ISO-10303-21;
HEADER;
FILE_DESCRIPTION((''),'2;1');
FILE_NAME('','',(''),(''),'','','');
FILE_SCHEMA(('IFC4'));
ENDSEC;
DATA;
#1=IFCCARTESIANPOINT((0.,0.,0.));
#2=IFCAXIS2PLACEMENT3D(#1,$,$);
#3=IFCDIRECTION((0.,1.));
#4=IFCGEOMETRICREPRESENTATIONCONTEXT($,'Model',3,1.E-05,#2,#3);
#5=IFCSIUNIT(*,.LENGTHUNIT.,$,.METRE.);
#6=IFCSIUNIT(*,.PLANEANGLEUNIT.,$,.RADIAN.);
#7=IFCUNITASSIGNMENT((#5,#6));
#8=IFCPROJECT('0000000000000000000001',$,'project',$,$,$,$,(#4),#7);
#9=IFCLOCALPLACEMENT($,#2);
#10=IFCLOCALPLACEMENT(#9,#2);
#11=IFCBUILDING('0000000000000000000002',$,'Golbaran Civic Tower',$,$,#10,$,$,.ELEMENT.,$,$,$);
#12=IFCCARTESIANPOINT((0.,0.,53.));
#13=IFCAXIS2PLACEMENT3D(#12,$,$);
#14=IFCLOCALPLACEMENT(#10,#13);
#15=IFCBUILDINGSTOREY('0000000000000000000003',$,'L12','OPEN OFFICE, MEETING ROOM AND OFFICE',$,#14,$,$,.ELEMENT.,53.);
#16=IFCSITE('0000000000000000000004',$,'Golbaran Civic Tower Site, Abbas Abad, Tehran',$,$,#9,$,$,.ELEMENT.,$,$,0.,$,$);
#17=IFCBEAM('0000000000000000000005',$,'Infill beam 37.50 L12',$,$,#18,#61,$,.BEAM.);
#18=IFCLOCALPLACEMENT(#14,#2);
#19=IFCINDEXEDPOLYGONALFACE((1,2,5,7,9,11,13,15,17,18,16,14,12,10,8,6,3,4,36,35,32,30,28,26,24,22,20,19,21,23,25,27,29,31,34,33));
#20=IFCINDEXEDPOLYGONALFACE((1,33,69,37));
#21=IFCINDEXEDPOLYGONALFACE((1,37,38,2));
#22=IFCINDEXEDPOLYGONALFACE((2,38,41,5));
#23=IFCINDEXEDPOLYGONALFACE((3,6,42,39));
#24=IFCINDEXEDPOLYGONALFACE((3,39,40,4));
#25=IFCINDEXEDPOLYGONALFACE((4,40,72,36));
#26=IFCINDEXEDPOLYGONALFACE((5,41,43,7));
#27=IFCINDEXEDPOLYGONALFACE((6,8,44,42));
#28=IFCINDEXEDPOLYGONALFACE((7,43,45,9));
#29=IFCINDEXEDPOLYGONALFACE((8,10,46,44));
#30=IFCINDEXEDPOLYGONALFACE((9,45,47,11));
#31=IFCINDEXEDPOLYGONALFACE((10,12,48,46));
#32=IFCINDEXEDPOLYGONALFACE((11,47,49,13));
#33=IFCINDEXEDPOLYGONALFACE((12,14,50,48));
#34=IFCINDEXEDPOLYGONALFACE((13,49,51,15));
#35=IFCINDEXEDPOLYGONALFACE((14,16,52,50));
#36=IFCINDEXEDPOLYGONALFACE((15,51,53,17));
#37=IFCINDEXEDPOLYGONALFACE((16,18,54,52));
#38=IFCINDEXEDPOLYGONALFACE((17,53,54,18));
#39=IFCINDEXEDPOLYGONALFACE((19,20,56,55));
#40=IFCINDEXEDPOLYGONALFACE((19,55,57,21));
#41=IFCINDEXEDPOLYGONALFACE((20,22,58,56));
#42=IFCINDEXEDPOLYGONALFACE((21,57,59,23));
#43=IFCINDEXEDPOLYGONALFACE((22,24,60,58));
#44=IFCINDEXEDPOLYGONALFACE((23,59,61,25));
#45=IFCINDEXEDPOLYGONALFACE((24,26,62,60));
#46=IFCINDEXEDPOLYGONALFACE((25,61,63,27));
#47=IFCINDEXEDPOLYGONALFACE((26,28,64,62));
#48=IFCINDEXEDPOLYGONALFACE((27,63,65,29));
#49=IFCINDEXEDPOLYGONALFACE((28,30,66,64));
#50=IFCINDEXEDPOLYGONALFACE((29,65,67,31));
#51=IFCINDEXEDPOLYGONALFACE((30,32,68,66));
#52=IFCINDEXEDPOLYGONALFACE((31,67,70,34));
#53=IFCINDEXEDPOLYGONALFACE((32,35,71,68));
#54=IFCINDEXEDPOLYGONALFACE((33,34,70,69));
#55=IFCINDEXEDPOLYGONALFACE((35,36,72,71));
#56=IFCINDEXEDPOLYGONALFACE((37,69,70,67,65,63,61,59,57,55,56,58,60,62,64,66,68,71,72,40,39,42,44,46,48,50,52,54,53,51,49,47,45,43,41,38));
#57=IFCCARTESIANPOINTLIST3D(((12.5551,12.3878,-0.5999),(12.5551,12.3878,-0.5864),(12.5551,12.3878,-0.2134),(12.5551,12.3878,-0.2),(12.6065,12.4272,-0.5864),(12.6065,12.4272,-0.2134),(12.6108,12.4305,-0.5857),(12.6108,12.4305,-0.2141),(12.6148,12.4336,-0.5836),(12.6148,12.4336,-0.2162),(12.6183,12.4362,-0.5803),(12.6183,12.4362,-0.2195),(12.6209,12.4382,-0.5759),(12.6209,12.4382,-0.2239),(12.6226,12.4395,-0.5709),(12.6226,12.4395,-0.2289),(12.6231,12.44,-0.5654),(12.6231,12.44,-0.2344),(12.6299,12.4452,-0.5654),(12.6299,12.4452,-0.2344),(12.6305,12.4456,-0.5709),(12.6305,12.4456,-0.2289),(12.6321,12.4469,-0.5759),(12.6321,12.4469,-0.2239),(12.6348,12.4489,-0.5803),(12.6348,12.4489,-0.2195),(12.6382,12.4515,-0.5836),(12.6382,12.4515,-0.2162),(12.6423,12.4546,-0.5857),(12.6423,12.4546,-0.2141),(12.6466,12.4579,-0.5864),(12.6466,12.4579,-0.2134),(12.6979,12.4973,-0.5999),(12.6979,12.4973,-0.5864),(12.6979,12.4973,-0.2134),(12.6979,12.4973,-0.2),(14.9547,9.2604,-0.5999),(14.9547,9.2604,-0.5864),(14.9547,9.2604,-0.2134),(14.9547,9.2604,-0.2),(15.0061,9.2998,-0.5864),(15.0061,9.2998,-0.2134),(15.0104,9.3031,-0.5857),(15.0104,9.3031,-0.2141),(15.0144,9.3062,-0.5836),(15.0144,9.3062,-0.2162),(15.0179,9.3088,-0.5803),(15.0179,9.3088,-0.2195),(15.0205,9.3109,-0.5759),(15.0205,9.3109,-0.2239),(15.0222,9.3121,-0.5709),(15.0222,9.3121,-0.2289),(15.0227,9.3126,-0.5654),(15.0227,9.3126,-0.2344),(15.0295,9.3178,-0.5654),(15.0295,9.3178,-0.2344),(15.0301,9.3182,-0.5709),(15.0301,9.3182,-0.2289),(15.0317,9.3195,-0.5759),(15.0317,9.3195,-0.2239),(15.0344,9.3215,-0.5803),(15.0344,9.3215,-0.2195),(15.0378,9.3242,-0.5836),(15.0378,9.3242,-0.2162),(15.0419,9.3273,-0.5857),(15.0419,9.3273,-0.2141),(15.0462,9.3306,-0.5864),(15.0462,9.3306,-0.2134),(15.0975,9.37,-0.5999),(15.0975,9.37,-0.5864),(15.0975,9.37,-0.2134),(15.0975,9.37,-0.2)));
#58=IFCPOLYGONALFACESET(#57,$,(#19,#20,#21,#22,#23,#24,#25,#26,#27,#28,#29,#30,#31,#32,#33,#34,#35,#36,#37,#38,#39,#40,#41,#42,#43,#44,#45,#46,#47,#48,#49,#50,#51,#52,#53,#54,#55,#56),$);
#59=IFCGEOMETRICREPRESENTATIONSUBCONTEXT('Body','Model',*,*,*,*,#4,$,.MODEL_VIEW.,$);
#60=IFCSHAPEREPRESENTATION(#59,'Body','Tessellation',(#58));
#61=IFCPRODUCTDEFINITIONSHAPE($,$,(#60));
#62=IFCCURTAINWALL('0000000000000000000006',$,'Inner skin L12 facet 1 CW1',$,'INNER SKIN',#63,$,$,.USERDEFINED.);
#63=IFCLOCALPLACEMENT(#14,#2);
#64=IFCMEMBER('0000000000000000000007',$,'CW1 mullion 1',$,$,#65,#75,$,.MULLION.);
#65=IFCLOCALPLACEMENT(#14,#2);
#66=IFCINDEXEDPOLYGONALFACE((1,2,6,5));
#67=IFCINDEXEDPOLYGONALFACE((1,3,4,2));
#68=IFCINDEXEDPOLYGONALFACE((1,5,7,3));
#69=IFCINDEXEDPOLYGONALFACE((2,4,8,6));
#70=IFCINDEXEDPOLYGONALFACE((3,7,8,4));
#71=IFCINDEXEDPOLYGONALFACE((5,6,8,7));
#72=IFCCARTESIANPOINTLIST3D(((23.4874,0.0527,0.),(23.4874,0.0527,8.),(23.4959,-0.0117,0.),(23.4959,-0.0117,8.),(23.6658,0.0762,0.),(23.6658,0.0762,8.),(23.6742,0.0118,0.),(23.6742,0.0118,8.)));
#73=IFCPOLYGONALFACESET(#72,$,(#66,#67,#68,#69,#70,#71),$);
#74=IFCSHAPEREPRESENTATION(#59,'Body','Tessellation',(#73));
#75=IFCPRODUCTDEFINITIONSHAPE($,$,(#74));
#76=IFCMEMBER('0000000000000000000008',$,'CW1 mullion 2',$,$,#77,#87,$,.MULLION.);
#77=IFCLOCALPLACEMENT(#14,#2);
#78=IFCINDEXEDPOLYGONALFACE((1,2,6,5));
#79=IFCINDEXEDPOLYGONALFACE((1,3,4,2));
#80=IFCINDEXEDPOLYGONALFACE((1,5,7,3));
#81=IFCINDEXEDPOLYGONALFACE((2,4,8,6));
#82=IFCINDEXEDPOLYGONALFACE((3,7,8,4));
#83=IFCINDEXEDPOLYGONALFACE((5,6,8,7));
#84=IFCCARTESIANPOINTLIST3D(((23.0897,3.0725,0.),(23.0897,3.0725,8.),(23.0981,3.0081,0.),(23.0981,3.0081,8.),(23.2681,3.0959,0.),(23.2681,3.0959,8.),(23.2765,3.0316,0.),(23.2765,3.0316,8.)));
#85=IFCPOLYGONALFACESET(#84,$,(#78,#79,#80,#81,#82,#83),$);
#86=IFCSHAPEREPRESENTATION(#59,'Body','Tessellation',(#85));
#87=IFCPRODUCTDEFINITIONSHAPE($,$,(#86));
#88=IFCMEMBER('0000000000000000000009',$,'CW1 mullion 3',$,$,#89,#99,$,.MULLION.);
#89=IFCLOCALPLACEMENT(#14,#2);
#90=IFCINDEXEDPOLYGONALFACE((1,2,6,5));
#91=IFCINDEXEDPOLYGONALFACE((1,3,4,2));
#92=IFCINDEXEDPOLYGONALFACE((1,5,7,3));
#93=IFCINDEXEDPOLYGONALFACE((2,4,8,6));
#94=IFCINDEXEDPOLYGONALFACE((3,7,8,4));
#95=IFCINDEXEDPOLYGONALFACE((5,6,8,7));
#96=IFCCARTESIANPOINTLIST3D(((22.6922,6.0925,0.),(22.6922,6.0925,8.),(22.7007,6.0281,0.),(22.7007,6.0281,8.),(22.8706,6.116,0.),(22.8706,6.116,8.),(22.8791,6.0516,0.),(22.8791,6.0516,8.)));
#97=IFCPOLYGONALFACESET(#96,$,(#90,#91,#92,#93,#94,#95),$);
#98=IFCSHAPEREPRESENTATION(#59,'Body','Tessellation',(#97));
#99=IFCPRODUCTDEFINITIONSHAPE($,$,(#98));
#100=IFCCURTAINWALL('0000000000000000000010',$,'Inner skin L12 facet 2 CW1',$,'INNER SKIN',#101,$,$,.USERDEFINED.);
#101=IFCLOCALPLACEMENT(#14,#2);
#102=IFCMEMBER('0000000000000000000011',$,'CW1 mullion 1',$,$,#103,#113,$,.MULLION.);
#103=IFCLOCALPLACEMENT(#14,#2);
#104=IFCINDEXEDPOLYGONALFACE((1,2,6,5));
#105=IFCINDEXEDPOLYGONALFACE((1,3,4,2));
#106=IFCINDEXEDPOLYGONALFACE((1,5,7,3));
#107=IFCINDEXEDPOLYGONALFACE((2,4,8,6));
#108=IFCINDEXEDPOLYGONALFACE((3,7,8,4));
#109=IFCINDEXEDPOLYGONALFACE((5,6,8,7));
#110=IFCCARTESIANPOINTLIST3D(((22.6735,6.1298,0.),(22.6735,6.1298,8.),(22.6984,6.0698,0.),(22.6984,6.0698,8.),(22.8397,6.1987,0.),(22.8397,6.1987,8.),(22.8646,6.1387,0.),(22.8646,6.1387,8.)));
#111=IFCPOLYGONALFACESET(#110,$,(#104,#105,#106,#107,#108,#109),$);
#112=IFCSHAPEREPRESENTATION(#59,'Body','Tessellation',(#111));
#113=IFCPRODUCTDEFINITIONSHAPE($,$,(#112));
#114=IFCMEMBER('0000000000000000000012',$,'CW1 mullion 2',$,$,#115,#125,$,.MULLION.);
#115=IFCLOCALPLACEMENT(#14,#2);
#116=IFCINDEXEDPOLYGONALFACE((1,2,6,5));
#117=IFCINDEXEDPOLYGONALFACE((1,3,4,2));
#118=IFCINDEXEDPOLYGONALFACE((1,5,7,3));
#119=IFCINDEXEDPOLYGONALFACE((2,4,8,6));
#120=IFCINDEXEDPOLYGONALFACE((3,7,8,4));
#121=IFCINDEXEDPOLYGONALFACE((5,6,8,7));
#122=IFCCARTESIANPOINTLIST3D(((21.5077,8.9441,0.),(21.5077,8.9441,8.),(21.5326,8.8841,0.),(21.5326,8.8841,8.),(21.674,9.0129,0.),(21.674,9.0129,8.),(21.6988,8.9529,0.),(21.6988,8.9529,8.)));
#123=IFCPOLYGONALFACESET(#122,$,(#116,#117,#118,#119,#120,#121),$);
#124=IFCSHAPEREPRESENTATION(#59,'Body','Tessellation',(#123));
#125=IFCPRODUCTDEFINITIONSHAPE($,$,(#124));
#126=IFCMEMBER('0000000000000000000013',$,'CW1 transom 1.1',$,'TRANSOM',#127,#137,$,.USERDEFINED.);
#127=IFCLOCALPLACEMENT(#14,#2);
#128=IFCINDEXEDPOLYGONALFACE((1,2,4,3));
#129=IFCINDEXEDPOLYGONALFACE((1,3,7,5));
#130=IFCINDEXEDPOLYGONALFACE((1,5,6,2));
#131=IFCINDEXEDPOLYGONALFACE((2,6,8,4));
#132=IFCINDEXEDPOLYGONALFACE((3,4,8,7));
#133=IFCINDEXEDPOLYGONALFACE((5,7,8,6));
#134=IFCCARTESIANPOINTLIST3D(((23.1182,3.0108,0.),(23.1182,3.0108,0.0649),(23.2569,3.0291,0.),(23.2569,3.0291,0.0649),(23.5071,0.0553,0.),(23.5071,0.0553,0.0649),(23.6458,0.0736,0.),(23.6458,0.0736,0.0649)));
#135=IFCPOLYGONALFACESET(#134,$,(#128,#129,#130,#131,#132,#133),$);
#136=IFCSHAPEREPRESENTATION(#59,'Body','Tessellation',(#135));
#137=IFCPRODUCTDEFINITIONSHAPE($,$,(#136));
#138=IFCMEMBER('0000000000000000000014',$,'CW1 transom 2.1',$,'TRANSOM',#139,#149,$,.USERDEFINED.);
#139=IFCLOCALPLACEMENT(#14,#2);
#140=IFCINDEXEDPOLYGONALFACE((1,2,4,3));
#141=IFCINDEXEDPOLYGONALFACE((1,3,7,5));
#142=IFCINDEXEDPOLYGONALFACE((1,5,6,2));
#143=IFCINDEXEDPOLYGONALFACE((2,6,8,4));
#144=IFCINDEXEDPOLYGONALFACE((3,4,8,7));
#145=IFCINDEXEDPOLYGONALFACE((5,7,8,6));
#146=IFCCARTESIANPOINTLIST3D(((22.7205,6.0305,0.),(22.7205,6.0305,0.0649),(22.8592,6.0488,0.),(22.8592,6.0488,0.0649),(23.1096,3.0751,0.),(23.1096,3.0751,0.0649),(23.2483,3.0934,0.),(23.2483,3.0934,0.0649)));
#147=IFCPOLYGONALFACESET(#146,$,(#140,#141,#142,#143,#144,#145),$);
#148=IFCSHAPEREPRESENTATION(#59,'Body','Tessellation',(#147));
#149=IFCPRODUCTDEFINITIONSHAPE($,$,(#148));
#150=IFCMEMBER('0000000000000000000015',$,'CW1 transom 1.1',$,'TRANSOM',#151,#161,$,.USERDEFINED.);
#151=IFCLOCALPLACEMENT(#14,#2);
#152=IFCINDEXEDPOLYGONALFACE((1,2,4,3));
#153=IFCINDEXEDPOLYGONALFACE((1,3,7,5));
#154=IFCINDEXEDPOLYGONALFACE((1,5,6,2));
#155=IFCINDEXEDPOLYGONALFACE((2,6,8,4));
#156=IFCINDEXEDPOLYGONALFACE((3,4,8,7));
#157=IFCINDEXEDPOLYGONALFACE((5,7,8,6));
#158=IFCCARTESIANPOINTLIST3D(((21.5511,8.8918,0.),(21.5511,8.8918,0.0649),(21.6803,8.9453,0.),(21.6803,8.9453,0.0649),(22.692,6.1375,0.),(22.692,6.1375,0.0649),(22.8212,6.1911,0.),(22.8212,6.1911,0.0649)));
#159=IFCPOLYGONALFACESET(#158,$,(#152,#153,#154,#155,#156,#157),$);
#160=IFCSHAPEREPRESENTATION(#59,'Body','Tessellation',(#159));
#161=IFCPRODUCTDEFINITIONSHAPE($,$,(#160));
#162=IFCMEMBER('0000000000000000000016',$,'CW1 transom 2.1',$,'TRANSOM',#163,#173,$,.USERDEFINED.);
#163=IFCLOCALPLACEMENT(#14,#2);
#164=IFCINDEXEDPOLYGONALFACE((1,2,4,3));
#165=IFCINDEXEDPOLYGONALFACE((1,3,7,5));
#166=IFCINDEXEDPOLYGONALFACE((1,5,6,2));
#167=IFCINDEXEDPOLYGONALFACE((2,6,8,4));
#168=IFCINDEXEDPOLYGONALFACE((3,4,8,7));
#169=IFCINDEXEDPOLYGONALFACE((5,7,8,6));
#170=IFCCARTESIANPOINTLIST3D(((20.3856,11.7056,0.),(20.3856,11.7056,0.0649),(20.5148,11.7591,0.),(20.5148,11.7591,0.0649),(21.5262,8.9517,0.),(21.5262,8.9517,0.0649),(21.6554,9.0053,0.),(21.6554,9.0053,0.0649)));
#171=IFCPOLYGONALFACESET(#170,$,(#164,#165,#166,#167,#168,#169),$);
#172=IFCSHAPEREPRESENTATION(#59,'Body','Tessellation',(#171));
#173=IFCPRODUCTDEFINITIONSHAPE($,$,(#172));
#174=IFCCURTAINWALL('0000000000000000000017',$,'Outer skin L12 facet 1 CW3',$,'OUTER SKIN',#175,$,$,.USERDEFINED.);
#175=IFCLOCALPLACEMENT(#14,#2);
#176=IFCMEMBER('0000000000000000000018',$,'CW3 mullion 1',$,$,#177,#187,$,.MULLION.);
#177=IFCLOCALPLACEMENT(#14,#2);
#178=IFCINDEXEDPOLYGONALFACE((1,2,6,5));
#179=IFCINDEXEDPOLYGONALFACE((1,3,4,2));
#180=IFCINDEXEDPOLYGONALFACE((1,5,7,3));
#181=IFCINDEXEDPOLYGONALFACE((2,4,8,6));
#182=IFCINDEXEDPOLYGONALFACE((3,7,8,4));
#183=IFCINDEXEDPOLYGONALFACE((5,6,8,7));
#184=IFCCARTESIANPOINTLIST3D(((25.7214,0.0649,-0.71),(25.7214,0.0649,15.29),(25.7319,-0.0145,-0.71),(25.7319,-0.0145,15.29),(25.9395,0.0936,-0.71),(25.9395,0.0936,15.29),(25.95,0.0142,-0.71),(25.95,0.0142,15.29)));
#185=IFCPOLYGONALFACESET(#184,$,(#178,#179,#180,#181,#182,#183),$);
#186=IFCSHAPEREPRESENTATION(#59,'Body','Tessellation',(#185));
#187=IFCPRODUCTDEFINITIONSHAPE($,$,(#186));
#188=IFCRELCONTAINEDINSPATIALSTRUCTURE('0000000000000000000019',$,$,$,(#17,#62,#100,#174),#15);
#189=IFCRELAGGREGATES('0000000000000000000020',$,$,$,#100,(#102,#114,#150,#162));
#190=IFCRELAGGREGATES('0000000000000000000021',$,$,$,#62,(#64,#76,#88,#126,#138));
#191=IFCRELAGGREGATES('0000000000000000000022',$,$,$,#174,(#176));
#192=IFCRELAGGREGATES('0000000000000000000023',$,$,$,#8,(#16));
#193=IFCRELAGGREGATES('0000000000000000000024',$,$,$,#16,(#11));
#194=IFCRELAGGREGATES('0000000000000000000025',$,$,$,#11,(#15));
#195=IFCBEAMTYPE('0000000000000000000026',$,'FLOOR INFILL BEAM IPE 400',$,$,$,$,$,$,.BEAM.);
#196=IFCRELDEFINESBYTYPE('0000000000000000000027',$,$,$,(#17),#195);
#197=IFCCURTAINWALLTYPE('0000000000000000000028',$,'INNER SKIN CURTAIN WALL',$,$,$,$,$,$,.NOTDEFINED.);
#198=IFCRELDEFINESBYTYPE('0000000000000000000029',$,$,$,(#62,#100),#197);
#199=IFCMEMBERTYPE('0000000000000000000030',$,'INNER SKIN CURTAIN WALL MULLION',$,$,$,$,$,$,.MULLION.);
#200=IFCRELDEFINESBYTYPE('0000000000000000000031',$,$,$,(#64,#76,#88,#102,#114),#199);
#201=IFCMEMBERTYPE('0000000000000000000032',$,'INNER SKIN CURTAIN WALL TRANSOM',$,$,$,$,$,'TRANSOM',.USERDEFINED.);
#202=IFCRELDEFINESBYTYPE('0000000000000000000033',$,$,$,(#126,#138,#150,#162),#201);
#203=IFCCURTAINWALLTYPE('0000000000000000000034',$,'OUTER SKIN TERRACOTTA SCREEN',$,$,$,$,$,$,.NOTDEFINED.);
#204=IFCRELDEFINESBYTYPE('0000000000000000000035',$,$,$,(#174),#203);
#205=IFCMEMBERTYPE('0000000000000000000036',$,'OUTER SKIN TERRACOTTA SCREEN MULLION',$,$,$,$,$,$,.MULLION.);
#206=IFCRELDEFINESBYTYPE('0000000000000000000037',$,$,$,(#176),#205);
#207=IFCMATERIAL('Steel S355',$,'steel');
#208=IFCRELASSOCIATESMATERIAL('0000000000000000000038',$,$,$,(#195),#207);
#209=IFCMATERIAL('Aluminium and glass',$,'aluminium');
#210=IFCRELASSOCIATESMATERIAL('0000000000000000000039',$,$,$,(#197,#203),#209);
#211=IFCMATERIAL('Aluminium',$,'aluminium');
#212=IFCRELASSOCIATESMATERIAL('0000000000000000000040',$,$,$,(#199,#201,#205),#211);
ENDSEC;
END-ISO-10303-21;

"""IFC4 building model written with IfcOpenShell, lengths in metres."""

from ifc_helpers import new_model, si_unit, direction, frame, origin, origin_2d, place, context, subcontext, project, spatial, rectangle, i_section, extrude, material, material_profile, profile_set, type_object, element, aggregate, save


model = new_model("IFC4")

# Units and contexts
model_context = context("Model", 3, precision=1e-05, world=origin(), true_north=direction((0.0, 1.0)))
body_context = subcontext(model_context, "Body", "Model", "MODEL_VIEW")
ifc_project = project(units=[si_unit("LENGTHUNIT", "METRE"), si_unit("PLANEANGLEUNIT", "RADIAN")], contexts=[model_context])

# Site, building, storey
site_placement = place(None, origin())
site = spatial("IfcSite", under=ifc_project, at=site_placement, Name="Golbaran Civic Tower Site, Abbas Abad, Tehran", CompositionType="ELEMENT", RefElevation=0.0)
building_placement = place(site_placement, origin())
building = spatial("IfcBuilding", under=site, at=building_placement, Name="Golbaran Civic Tower", CompositionType="ELEMENT")
storey_placement = place(building_placement, frame((0.0, 0.0, 53.0)))
storey = spatial("IfcBuildingStorey", under=building, at=storey_placement, Name="L12", Description="OPEN OFFICE, MEETING ROOM AND OFFICE", CompositionType="ELEMENT", Elevation=53.0)

# Shared definitions
ifc_material_1 = material(Name="Steel S355", Category="steel")

# Beam
ifc_material_profile_1 = material_profile(ifc_material_1, i_section(OverallWidth=0.1799, OverallDepth=0.3999, WebThickness=0.0085, FlangeThickness=0.0134, FilletRadius=0.021, at=origin_2d()), Name="IPE 400")
ifc_profile_set_1 = profile_set([ifc_material_profile_1], Name="Steel S355")
beam_type_1 = type_object("IfcBeamType", Name="FLOOR INFILL BEAM IPE 400", PredefinedType="BEAM", material=ifc_profile_set_1)
beam_1_placement = place(storey_placement, frame((15.0261, 9.3152, -0.3999), z_axis=(-0.608744, 0.793367, 0.0), x_axis=(-0.793367, -0.608744, 0.0)))
element("IfcBeam", 1, at=beam_1_placement, inside=storey, type_object=beam_type_1, Name="Infill beam 37.50 L12", PredefinedType="BEAM", context=body_context, shape_type="SweptSolid", body=[
    extrude(i_section(OverallWidth=0.1799, OverallDepth=0.3999, WebThickness=0.0085, FlangeThickness=0.0134, FilletRadius=0.021, at=origin_2d()), origin(), (0.0, 0.0, 1.0), 3.9419),
])

# Curtain walls, members
ifc_material_2 = material(Name="Aluminium and glass", Category="aluminium")
curtain_wall_type_1 = type_object("IfcCurtainWallType", Name="INNER SKIN CURTAIN WALL", PredefinedType="NOTDEFINED", material=ifc_material_2)
curtain_wall_1_placement = place(storey_placement, origin())
curtain_wall_1 = element("IfcCurtainWall", 2, at=curtain_wall_1_placement, inside=storey, type_object=curtain_wall_type_1, Name="Inner skin L12 facet 1 CW1", ObjectType="INNER SKIN", PredefinedType="USERDEFINED")
ifc_material_3 = material(Name="Aluminium", Category="aluminium")
ifc_material_profile_2 = material_profile(ifc_material_3, rectangle(XDim=0.1799, YDim=0.0649, at=origin_2d()), Name="INNER SKIN CURTAIN WALL MULLION")
ifc_profile_set_2 = profile_set([ifc_material_profile_2], Name="Aluminium")
member_type_1 = type_object("IfcMemberType", Name="INNER SKIN CURTAIN WALL MULLION", PredefinedType="MULLION", material=ifc_profile_set_2)
member_1_placement = place(storey_placement, frame((23.5808, 0.0322, 0.0), z_axis=(0.0, 0.0, 1.0), x_axis=(-0.991445, -0.130526, 0.0)))
member_1 = element("IfcMember", 3, at=member_1_placement, type_object=member_type_1, Name="CW1 mullion 1", PredefinedType="MULLION", context=body_context, shape_type="SweptSolid", body=[
    extrude(rectangle(XDim=0.1799, YDim=0.0649, at=origin_2d()), origin(), (0.0, 0.0, 1.0), 8.0),
])
member_2_placement = place(storey_placement, frame((23.1831, 3.052, 0.0), z_axis=(0.0, 0.0, 1.0), x_axis=(-0.991445, -0.130526, 0.0)))
member_2 = element("IfcMember", 4, at=member_2_placement, type_object=member_type_1, Name="CW1 mullion 2", PredefinedType="MULLION", context=body_context, shape_type="SweptSolid", body=[
    extrude(rectangle(XDim=0.1799, YDim=0.0649, at=origin_2d()), origin(), (0.0, 0.0, 1.0), 8.0),
])
member_3_placement = place(storey_placement, frame((22.7856, 6.072, 0.0), z_axis=(0.0, 0.0, 1.0), x_axis=(-0.991445, -0.130526, 0.0)))
member_3 = element("IfcMember", 5, at=member_3_placement, type_object=member_type_1, Name="CW1 mullion 3", PredefinedType="MULLION", context=body_context, shape_type="SweptSolid", body=[
    extrude(rectangle(XDim=0.1799, YDim=0.0649, at=origin_2d()), origin(), (0.0, 0.0, 1.0), 8.0),
])
curtain_wall_2_placement = place(storey_placement, origin())
curtain_wall_2 = element("IfcCurtainWall", 6, at=curtain_wall_2_placement, inside=storey, type_object=curtain_wall_type_1, Name="Inner skin L12 facet 2 CW1", ObjectType="INNER SKIN", PredefinedType="USERDEFINED")
member_4_placement = place(storey_placement, frame((22.769, 6.1343, 0.0), z_axis=(0.0, 0.0, 1.0), x_axis=(-0.92388, -0.382683, 0.0)))
member_4 = element("IfcMember", 7, at=member_4_placement, type_object=member_type_1, Name="CW1 mullion 1", PredefinedType="MULLION", context=body_context, shape_type="SweptSolid", body=[
    extrude(rectangle(XDim=0.1799, YDim=0.0649, at=origin_2d()), origin(), (0.0, 0.0, 1.0), 8.0),
])
member_5_placement = place(storey_placement, frame((21.6033, 8.9485, 0.0), z_axis=(0.0, 0.0, 1.0), x_axis=(-0.92388, -0.382683, 0.0)))
member_5 = element("IfcMember", 8, at=member_5_placement, type_object=member_type_1, Name="CW1 mullion 2", PredefinedType="MULLION", context=body_context, shape_type="SweptSolid", body=[
    extrude(rectangle(XDim=0.1799, YDim=0.0649, at=origin_2d()), origin(), (0.0, 0.0, 1.0), 8.0),
])

# Members
ifc_material_profile_3 = material_profile(ifc_material_3, rectangle(XDim=0.1399, YDim=0.0649, at=origin_2d()), Name="INNER SKIN CURTAIN WALL TRANSOM")
ifc_profile_set_3 = profile_set([ifc_material_profile_3], Name="Aluminium")
member_type_2 = type_object("IfcMemberType", Name="INNER SKIN CURTAIN WALL TRANSOM", ElementType="TRANSOM", PredefinedType="USERDEFINED", material=ifc_profile_set_3)
member_6_placement = place(storey_placement, frame((23.5764, 0.0645, 0.0325), z_axis=(-0.130463, 0.991453, 0.0), x_axis=(-0.991453, -0.130463, 0.0)))
member_6 = element("IfcMember", 9, at=member_6_placement, type_object=member_type_2, Name="CW1 transom 1.1", ObjectType="TRANSOM", PredefinedType="USERDEFINED", context=body_context, shape_type="SweptSolid", body=[
    extrude(rectangle(XDim=0.1399, YDim=0.0649, at=origin_2d()), origin(), (0.0, 0.0, 1.0), 2.981),
])
member_7_placement = place(storey_placement, frame((23.179, 3.0842, 0.0325), z_axis=(-0.130543, 0.991443, 0.0), x_axis=(-0.991443, -0.130543, 0.0)))
member_7 = element("IfcMember", 10, at=member_7_placement, type_object=member_type_2, Name="CW1 transom 2.1", ObjectType="TRANSOM", PredefinedType="USERDEFINED", context=body_context, shape_type="SweptSolid", body=[
    extrude(rectangle(XDim=0.1399, YDim=0.0649, at=origin_2d()), origin(), (0.0, 0.0, 1.0), 2.981),
])
member_8_placement = place(storey_placement, frame((22.7566, 6.1643, 0.0325), z_axis=(-0.382701, 0.923872, 0.0), x_axis=(-0.923872, -0.382701, 0.0)))
member_8 = element("IfcMember", 11, at=member_8_placement, type_object=member_type_2, Name="CW1 transom 1.1", ObjectType="TRANSOM", PredefinedType="USERDEFINED", context=body_context, shape_type="SweptSolid", body=[
    extrude(rectangle(XDim=0.1399, YDim=0.0649, at=origin_2d()), origin(), (0.0, 0.0, 1.0), 2.9812),
])
member_9_placement = place(storey_placement, frame((21.5908, 8.9785, 0.0325), z_axis=(-0.38266, 0.923889, 0.0), x_axis=(-0.923889, -0.38266, 0.0)))
member_9 = element("IfcMember", 12, at=member_9_placement, type_object=member_type_2, Name="CW1 transom 2.1", ObjectType="TRANSOM", PredefinedType="USERDEFINED", context=body_context, shape_type="SweptSolid", body=[
    extrude(rectangle(XDim=0.1399, YDim=0.0649, at=origin_2d()), origin(), (0.0, 0.0, 1.0), 2.9807),
])

# Curtain wall, member
curtain_wall_type_2 = type_object("IfcCurtainWallType", Name="OUTER SKIN TERRACOTTA SCREEN", PredefinedType="NOTDEFINED", material=ifc_material_2)
curtain_wall_3_placement = place(storey_placement, origin())
curtain_wall_3 = element("IfcCurtainWall", 13, at=curtain_wall_3_placement, inside=storey, type_object=curtain_wall_type_2, Name="Outer skin L12 facet 1 CW3", ObjectType="OUTER SKIN", PredefinedType="USERDEFINED")
ifc_material_profile_4 = material_profile(ifc_material_3, rectangle(XDim=0.22, YDim=0.0801, at=origin_2d()), Name="OUTER SKIN TERRACOTTA SCREEN MULLION")
ifc_profile_set_4 = profile_set([ifc_material_profile_4], Name="Aluminium")
member_type_3 = type_object("IfcMemberType", Name="OUTER SKIN TERRACOTTA SCREEN MULLION", PredefinedType="MULLION", material=ifc_profile_set_4)
member_10_placement = place(storey_placement, frame((25.8357, 0.0396, -0.71), z_axis=(0.0, 0.0, 1.0), x_axis=(-0.991445, -0.130526, 0.0)))
member_10 = element("IfcMember", 14, at=member_10_placement, type_object=member_type_3, Name="CW3 mullion 1", PredefinedType="MULLION", context=body_context, shape_type="SweptSolid", body=[
    extrude(rectangle(XDim=0.22, YDim=0.0801, at=origin_2d()), origin(), (0.0, 0.0, 1.0), 16.0),
])

aggregate(curtain_wall_2, [member_4, member_5, member_8, member_9])
aggregate(curtain_wall_1, [member_1, member_2, member_3, member_6, member_7])
aggregate(curtain_wall_3, [member_10])

save(model, "model.ifc")
